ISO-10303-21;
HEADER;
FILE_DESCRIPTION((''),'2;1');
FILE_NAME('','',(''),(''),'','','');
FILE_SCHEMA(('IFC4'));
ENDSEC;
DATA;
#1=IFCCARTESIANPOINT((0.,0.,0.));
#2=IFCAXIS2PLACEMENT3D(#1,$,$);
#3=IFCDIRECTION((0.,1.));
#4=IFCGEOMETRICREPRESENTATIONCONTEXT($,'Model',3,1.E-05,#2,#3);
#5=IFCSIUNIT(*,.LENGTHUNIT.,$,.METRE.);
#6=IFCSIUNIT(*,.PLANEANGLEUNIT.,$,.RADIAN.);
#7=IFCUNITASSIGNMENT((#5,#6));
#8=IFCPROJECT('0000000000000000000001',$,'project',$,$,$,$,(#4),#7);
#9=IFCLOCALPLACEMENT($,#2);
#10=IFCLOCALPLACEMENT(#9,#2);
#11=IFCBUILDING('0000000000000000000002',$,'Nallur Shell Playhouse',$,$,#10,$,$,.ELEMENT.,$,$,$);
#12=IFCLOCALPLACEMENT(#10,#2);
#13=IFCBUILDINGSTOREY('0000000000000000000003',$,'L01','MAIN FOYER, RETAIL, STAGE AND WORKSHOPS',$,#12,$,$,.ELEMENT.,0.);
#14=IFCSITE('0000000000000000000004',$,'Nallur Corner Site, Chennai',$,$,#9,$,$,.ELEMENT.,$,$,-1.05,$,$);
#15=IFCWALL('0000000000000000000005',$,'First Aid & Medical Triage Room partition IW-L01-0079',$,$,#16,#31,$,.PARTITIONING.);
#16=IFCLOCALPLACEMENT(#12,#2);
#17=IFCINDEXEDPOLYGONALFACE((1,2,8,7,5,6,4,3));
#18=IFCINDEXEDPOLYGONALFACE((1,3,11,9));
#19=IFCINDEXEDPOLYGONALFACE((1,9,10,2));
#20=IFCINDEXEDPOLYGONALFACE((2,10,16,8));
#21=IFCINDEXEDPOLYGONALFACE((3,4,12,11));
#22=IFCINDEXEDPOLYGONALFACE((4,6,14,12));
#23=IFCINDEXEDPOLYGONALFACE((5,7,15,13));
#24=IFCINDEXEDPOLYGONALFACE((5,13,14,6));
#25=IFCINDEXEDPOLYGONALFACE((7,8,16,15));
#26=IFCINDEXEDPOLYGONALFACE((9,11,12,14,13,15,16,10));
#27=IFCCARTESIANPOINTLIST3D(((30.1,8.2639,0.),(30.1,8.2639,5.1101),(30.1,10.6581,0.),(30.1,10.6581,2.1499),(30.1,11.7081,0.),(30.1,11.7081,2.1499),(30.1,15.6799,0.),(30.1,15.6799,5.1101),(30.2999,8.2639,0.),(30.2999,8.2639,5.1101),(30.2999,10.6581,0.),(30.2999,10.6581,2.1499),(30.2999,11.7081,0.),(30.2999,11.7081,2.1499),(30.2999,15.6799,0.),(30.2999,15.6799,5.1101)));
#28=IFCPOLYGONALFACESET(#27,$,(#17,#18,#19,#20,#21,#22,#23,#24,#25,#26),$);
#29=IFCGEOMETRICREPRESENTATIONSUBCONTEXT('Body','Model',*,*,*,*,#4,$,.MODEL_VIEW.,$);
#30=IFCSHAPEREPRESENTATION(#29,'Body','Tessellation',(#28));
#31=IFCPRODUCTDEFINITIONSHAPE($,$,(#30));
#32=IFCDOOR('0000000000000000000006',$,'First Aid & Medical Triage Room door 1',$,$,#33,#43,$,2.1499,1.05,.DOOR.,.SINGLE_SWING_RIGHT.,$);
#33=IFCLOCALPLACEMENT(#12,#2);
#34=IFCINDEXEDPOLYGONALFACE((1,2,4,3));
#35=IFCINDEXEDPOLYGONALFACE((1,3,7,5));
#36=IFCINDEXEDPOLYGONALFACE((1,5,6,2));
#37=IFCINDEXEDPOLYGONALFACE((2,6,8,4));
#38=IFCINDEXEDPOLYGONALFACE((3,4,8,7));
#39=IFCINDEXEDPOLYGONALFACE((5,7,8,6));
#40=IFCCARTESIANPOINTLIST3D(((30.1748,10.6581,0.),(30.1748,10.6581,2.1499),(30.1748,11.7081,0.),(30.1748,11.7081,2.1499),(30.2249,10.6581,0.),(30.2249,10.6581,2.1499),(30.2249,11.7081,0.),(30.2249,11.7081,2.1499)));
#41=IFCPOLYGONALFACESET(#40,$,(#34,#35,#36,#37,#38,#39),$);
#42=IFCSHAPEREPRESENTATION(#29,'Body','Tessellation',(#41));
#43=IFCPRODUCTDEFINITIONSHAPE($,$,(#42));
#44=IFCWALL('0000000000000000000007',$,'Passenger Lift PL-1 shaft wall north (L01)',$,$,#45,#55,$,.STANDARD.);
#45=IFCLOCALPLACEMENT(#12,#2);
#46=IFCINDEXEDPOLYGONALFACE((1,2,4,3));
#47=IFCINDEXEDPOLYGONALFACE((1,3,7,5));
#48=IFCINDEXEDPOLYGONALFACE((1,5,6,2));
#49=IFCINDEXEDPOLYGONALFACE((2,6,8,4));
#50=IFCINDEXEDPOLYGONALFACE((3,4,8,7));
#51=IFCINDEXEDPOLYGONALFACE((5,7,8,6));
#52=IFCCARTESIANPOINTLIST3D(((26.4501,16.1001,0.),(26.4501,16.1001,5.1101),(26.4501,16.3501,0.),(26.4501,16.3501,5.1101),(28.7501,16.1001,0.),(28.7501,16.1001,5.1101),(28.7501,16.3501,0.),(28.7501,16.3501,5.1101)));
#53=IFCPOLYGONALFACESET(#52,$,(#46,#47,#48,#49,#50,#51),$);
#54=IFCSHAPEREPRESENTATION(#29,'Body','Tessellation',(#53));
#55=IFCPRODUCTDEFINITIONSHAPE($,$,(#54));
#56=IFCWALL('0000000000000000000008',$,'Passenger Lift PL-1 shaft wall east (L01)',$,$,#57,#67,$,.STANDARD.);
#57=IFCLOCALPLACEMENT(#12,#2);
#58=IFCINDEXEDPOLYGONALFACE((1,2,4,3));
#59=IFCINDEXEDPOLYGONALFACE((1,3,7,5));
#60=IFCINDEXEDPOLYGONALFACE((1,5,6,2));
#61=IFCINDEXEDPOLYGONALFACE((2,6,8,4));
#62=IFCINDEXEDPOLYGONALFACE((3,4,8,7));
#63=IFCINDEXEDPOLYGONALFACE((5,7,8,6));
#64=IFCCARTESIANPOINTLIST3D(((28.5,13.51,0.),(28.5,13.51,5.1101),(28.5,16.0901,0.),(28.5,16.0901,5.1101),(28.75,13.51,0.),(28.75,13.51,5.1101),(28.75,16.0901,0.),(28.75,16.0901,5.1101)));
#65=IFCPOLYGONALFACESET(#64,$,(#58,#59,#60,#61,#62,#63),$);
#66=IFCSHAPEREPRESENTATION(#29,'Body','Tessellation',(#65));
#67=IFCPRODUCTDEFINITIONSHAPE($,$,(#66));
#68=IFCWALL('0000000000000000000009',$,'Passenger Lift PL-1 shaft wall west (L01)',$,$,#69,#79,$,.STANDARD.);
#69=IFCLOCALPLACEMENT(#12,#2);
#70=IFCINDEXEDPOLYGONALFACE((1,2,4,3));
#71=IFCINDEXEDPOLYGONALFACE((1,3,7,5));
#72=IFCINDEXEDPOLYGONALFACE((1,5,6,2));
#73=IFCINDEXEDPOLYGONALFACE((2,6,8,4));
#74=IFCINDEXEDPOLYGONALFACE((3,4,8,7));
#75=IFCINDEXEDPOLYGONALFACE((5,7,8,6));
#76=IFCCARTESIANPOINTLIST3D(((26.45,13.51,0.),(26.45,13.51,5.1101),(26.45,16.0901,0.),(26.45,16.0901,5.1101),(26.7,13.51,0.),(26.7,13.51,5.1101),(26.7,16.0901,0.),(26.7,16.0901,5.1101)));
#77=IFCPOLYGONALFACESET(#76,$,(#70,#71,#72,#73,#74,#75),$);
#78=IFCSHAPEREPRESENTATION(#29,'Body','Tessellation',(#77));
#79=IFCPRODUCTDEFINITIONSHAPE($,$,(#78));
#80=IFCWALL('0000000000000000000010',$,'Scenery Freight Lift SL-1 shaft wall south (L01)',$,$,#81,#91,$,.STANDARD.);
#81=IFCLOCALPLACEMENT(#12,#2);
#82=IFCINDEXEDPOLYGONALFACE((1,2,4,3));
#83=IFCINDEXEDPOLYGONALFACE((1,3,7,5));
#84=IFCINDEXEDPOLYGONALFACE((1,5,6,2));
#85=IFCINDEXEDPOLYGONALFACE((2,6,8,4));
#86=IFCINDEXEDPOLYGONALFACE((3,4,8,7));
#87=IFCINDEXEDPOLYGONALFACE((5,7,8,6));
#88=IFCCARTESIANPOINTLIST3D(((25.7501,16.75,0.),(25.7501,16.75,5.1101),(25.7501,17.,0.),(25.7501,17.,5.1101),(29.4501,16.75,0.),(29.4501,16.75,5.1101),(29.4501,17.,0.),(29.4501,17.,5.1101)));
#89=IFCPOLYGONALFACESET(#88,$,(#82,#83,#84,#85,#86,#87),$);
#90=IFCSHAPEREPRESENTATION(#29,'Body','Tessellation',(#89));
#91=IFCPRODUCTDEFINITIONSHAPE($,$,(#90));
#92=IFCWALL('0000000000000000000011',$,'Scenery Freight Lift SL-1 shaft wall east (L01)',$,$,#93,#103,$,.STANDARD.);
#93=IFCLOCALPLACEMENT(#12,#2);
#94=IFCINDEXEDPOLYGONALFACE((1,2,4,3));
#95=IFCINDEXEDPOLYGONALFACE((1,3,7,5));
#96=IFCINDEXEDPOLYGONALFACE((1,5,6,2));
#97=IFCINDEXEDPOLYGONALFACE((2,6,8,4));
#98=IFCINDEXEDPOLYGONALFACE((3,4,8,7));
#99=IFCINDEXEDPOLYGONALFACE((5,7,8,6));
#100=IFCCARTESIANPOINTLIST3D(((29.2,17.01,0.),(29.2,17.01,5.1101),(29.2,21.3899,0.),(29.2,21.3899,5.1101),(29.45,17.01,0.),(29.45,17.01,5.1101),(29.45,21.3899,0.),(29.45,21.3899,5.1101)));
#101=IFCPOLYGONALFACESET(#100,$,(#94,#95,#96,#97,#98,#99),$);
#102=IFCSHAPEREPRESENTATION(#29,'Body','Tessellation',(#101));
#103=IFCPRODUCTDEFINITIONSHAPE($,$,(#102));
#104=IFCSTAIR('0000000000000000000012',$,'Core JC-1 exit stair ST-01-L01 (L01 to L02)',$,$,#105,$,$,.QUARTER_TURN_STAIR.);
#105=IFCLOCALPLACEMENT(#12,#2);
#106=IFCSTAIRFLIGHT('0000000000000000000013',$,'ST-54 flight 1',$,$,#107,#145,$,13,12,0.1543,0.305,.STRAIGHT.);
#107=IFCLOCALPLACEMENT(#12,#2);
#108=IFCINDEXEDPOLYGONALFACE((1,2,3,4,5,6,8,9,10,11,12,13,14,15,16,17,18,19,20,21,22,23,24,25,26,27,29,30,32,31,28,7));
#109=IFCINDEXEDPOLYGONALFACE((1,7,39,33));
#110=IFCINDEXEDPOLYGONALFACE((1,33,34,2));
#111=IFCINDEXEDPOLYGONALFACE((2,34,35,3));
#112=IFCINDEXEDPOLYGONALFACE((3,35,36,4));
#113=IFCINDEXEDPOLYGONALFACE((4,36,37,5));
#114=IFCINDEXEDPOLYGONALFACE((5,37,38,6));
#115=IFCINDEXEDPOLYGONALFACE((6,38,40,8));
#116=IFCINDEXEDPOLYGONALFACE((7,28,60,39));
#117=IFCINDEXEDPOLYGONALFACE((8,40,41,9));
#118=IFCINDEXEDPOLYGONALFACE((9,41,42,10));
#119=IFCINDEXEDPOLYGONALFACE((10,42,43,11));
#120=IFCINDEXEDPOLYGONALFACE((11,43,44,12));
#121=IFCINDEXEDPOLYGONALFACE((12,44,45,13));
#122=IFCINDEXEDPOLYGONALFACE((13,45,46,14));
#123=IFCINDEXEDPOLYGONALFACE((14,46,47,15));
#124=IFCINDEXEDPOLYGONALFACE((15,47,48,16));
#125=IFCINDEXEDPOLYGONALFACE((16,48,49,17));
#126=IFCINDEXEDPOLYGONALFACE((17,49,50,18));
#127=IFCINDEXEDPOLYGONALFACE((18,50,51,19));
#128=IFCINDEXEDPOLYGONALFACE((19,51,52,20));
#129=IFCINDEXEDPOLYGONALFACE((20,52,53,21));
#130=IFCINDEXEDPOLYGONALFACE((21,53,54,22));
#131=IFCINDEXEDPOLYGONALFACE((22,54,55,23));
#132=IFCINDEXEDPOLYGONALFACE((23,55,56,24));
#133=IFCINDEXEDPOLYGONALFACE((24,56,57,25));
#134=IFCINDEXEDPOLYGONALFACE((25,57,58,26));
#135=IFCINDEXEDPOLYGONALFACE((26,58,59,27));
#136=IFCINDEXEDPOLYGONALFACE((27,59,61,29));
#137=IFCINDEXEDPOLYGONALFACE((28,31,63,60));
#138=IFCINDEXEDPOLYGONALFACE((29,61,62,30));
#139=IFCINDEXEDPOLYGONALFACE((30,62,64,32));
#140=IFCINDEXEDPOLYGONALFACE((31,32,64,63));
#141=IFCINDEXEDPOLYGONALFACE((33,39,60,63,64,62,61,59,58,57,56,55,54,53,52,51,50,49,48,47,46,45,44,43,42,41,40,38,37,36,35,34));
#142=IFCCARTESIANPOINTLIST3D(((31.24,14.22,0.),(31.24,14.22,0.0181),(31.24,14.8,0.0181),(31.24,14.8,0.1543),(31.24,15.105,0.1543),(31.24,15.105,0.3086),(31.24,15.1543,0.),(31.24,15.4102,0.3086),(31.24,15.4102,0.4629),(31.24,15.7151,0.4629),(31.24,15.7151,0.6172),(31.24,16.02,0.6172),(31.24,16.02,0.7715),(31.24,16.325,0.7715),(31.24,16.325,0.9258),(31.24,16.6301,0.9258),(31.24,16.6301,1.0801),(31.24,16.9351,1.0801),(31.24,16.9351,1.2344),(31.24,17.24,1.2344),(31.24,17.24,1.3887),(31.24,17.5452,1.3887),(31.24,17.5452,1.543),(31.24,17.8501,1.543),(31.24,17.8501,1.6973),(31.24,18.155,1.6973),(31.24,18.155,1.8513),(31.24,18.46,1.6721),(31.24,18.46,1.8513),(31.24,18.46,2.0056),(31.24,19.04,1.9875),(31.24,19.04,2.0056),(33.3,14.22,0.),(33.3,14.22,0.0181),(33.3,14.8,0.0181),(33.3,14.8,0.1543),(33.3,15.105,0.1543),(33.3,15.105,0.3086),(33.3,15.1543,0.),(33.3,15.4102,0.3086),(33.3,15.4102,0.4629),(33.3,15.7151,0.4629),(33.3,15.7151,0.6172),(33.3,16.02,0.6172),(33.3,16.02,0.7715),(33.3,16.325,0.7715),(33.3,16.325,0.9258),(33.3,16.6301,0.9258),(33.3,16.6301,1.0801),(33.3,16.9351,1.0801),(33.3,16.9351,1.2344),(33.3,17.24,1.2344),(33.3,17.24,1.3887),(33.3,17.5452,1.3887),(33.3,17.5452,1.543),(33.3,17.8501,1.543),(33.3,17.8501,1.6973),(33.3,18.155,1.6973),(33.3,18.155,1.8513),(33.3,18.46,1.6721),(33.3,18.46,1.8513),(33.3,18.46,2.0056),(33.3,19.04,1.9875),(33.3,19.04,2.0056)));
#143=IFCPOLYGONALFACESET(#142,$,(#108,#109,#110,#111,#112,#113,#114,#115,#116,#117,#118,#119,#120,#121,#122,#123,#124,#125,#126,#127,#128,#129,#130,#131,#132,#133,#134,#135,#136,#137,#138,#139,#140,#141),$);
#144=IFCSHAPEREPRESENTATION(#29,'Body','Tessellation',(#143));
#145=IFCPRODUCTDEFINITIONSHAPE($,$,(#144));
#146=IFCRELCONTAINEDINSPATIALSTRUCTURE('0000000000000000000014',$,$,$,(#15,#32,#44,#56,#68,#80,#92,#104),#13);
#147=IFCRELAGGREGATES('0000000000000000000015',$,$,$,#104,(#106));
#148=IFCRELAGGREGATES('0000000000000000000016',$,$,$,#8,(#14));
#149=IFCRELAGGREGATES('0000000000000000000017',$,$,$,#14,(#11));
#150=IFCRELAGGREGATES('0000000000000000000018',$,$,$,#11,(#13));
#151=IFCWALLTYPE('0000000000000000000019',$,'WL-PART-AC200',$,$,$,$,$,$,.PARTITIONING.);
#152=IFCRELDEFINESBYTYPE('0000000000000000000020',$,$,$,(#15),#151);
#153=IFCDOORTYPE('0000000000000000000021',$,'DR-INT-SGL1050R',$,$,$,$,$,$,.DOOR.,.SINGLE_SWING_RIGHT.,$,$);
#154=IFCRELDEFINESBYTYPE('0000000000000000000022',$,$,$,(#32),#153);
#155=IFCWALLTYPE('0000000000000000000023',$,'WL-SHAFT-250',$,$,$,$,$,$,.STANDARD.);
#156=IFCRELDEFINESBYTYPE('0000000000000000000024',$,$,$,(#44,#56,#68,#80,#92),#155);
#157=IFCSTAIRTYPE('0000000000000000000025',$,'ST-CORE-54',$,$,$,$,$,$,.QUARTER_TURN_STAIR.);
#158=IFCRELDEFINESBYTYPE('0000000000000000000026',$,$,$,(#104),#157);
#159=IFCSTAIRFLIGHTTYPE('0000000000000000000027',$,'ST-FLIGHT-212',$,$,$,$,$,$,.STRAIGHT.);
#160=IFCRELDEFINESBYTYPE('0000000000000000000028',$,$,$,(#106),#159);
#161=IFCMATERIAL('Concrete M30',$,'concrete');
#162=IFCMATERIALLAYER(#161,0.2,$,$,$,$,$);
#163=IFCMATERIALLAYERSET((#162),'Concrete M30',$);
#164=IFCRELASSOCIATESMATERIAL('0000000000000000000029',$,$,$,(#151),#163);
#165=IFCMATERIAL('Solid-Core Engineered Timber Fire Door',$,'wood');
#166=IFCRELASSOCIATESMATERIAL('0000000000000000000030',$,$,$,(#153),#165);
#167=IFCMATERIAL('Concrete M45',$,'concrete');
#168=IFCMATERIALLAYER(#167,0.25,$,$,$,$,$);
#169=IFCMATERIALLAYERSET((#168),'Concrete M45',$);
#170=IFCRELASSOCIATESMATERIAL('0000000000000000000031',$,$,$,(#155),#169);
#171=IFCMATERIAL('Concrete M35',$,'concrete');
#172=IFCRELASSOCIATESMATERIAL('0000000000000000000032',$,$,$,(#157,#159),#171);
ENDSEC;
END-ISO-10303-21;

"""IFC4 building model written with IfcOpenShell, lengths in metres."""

from ifc_helpers import new_model, si_unit, direction, frame, frame_2d, origin, place, context, subcontext, project, spatial, polyline, rectangle, outline, extrude, material, layer, layer_set, type_object, element, fill, aggregate, save


model = new_model("IFC4")

# Units and contexts
model_context = context("Model", 3, precision=1e-05, world=origin(), true_north=direction((0.0, 1.0)))
body_context = subcontext(model_context, "Body", "Model", "MODEL_VIEW")
ifc_project = project(units=[si_unit("LENGTHUNIT", "METRE"), si_unit("PLANEANGLEUNIT", "RADIAN")], contexts=[model_context])

# Site, building, storey
site_placement = place(None, origin())
site = spatial("IfcSite", under=ifc_project, at=site_placement, Name="Nallur Corner Site, Chennai", CompositionType="ELEMENT", RefElevation=-1.05)
building_placement = place(site_placement, origin())
building = spatial("IfcBuilding", under=site, at=building_placement, Name="Nallur Shell Playhouse", CompositionType="ELEMENT")
storey_placement = place(building_placement, origin())
storey = spatial("IfcBuildingStorey", under=building, at=storey_placement, Name="L01", Description="MAIN FOYER, RETAIL, STAGE AND WORKSHOPS", CompositionType="ELEMENT", Elevation=0.0)

# Shared definitions
ifc_material_1 = material(Name="Concrete M35", Category="concrete")

# Shared definitions
ifc_material_2 = material(Name="Concrete M45", Category="concrete")

# Shared definitions
ifc_material_3 = material(Name="Concrete M30", Category="concrete")
ifc_layer_1 = layer(ifc_material_3, 0.2)
ifc_layer_set_1 = layer_set([ifc_layer_1], Name="Concrete M30")
wall_type_1 = type_object("IfcWallType", Name="WL-PART-AC200", PredefinedType="PARTITIONING", material=ifc_layer_set_1)

# Wall, opening, door
wall_1_placement = place(storey_placement, frame((30.2, 15.6799, 0.0), z_axis=(0.0, 0.0, 1.0), x_axis=(0.0, -1.0, 0.0)))
wall_1 = element("IfcWall", 1, at=wall_1_placement, inside=storey, type_object=wall_type_1, Name="First Aid & Medical Triage Room partition IW-L01-0079", PredefinedType="PARTITIONING", context=body_context, shape_type="SweptSolid", body=[
    extrude(rectangle(XDim=7.416, YDim=0.2, at=frame_2d((3.708, 0.0))), origin(), (0.0, 0.0, 1.0), 5.1101),
])
opening_1_placement = place(wall_1_placement, frame((3.9719, 0.0, 0.0)))
opening_1 = element("IfcOpeningElement", 2, at=opening_1_placement, cuts=wall_1, PredefinedType="OPENING", context=body_context, shape_type="SweptSolid", body=[
    extrude(rectangle(XDim=1.05, YDim=2.1499, at=frame_2d((0.5249, 1.075))), frame((0.0, 0.1099, 0.0), z_axis=(0.0, -1.0, 0.0), x_axis=(1.0, 0.0, 0.0)), (0.0, 0.0, 1.0), 0.22),
])
ifc_material_4 = material(Name="Solid-Core Engineered Timber Fire Door", Category="wood")
door_type_1 = type_object("IfcDoorType", Name="DR-INT-SGL1050R", OperationType="SINGLE_SWING_RIGHT", PredefinedType="DOOR", material=ifc_material_4)
door_1_placement = place(opening_1_placement, origin())
door_1 = element("IfcDoor", 3, at=door_1_placement, inside=storey, type_object=door_type_1, Name="First Aid & Medical Triage Room door 1", OperationType="SINGLE_SWING_RIGHT", OverallHeight=2.1499, OverallWidth=1.05, PredefinedType="DOOR", context=body_context, shape_type="SweptSolid", body=[
    extrude(rectangle(XDim=1.05, YDim=2.1499, at=frame_2d((0.5249, 1.075))), frame((0.0, 0.0249, 0.0), z_axis=(0.0, -1.0, 0.0), x_axis=(1.0, 0.0, 0.0)), (0.0, 0.0, 1.0), 0.05),
])
fill(opening_1, door_1)
ifc_layer_2 = layer(ifc_material_2, 0.25)
ifc_layer_set_2 = layer_set([ifc_layer_2], Name="Concrete M45")
wall_type_2 = type_object("IfcWallType", Name="WL-SHAFT-250", PredefinedType="STANDARD", material=ifc_layer_set_2)

# Walls
wall_2_placement = place(storey_placement, frame((28.75, 16.2251, 0.0), z_axis=(0.0, 0.0, 1.0), x_axis=(-1.0, 0.0, 0.0)))
element("IfcWall", 4, at=wall_2_placement, inside=storey, type_object=wall_type_2, Name="Passenger Lift PL-1 shaft wall north (L01)", PredefinedType="STANDARD", context=body_context, shape_type="SweptSolid", body=[
    extrude(rectangle(XDim=2.3, YDim=0.25, at=frame_2d((1.1499, 0.0))), origin(), (0.0, 0.0, 1.0), 5.1101),
])
for number, where, z_axis, x_axis, name in (
    (5, (28.625, 13.51, 0.0), (0.0, 0.0, 1.0), (0.0, 1.0, 0.0), "Passenger Lift PL-1 shaft wall east (L01)"),
    (6, (26.575, 16.0901, 0.0), (0.0, 0.0, 1.0), (0.0, -1.0, 0.0), "Passenger Lift PL-1 shaft wall west (L01)"),
):
    element("IfcWall", number, at=place(storey_placement, frame(where, z_axis=z_axis, x_axis=x_axis)), inside=storey, type_object=wall_type_2, Name=name, PredefinedType="STANDARD", context=body_context, shape_type="SweptSolid", body=[
        extrude(rectangle(XDim=2.5801, YDim=0.25, at=frame_2d((1.29, 0.0))), origin(), (0.0, 0.0, 1.0), 5.1101),
    ])
wall_3_placement = place(storey_placement, frame((25.75, 16.875, 0.0), z_axis=(0.0, 0.0, 1.0), x_axis=(1.0, 0.0, 0.0)))
element("IfcWall", 7, at=wall_3_placement, inside=storey, type_object=wall_type_2, Name="Scenery Freight Lift SL-1 shaft wall south (L01)", PredefinedType="STANDARD", context=body_context, shape_type="SweptSolid", body=[
    extrude(rectangle(XDim=3.7, YDim=0.25, at=frame_2d((1.8501, 0.0))), origin(), (0.0, 0.0, 1.0), 5.1101),
])
wall_4_placement = place(storey_placement, frame((29.325, 17.01, 0.0), z_axis=(0.0, 0.0, 1.0), x_axis=(0.0, 1.0, 0.0)))
element("IfcWall", 8, at=wall_4_placement, inside=storey, type_object=wall_type_2, Name="Scenery Freight Lift SL-1 shaft wall east (L01)", PredefinedType="STANDARD", context=body_context, shape_type="SweptSolid", body=[
    extrude(rectangle(XDim=4.3799, YDim=0.25, at=frame_2d((2.1899, 0.0))), origin(), (0.0, 0.0, 1.0), 5.1101),
])

# Stair, stair flight
stair_type = type_object("IfcStairType", Name="ST-CORE-54", PredefinedType="QUARTER_TURN_STAIR", material=ifc_material_1)
stair_placement = place(storey_placement, origin())
stair = element("IfcStair", 9, at=stair_placement, inside=storey, type_object=stair_type, Name="Core JC-1 exit stair ST-01-L01 (L01 to L02)", PredefinedType="QUARTER_TURN_STAIR")
stair_flight_type = type_object("IfcStairFlightType", Name="ST-FLIGHT-212", PredefinedType="STRAIGHT", material=ifc_material_1)
stair_flight_placement = place(storey_placement, frame((32.27, 14.8, 0.0), z_axis=(0.0, 0.0, 1.0), x_axis=(0.0, 1.0, 0.0)))
stair_flight = element("IfcStairFlight", 10, at=stair_flight_placement, type_object=stair_flight_type, Name="ST-54 flight 1", NumberOfRisers=13, NumberOfTreads=12, PredefinedType="STRAIGHT", RiserHeight=0.1543, TreadLength=0.305, context=body_context, shape_type="SweptSolid", body=[
    extrude(outline(polyline([(-0.5801, 0.0), (-0.5801, 0.0181), (0.0, 0.0181), (0.0, 0.1543), (0.3049, 0.1543), (0.3049, 0.3086), (0.6101, 0.3086), (0.6101, 0.4629), (0.915, 0.4629), (0.915, 0.6172), (1.22, 0.6172), (1.22, 0.7715), (1.5249, 0.7715), (1.5249, 0.9258), (1.8301, 0.9258), (1.8301, 1.0801), (2.135, 1.0801), (2.135, 1.2344), (2.4399, 1.2344), (2.4399, 1.3887), (2.7451, 1.3887), (2.7451, 1.543), (3.05, 1.543), (3.05, 1.6973), (3.355, 1.6973), (3.355, 1.8513), (3.6599, 1.8513), (3.6599, 2.0056), (4.24, 2.0056), (4.24, 1.9875), (3.6599, 1.6721), (0.3542, 0.0), (-0.5801, 0.0)])), frame((0.0, 1.03, 0.0), z_axis=(0.0, -1.0, 0.0), x_axis=(1.0, 0.0, 0.0)), (0.0, 0.0, 1.0), 2.0601),
])
aggregate(stair, [stair_flight])

save(model, "model.ifc")
